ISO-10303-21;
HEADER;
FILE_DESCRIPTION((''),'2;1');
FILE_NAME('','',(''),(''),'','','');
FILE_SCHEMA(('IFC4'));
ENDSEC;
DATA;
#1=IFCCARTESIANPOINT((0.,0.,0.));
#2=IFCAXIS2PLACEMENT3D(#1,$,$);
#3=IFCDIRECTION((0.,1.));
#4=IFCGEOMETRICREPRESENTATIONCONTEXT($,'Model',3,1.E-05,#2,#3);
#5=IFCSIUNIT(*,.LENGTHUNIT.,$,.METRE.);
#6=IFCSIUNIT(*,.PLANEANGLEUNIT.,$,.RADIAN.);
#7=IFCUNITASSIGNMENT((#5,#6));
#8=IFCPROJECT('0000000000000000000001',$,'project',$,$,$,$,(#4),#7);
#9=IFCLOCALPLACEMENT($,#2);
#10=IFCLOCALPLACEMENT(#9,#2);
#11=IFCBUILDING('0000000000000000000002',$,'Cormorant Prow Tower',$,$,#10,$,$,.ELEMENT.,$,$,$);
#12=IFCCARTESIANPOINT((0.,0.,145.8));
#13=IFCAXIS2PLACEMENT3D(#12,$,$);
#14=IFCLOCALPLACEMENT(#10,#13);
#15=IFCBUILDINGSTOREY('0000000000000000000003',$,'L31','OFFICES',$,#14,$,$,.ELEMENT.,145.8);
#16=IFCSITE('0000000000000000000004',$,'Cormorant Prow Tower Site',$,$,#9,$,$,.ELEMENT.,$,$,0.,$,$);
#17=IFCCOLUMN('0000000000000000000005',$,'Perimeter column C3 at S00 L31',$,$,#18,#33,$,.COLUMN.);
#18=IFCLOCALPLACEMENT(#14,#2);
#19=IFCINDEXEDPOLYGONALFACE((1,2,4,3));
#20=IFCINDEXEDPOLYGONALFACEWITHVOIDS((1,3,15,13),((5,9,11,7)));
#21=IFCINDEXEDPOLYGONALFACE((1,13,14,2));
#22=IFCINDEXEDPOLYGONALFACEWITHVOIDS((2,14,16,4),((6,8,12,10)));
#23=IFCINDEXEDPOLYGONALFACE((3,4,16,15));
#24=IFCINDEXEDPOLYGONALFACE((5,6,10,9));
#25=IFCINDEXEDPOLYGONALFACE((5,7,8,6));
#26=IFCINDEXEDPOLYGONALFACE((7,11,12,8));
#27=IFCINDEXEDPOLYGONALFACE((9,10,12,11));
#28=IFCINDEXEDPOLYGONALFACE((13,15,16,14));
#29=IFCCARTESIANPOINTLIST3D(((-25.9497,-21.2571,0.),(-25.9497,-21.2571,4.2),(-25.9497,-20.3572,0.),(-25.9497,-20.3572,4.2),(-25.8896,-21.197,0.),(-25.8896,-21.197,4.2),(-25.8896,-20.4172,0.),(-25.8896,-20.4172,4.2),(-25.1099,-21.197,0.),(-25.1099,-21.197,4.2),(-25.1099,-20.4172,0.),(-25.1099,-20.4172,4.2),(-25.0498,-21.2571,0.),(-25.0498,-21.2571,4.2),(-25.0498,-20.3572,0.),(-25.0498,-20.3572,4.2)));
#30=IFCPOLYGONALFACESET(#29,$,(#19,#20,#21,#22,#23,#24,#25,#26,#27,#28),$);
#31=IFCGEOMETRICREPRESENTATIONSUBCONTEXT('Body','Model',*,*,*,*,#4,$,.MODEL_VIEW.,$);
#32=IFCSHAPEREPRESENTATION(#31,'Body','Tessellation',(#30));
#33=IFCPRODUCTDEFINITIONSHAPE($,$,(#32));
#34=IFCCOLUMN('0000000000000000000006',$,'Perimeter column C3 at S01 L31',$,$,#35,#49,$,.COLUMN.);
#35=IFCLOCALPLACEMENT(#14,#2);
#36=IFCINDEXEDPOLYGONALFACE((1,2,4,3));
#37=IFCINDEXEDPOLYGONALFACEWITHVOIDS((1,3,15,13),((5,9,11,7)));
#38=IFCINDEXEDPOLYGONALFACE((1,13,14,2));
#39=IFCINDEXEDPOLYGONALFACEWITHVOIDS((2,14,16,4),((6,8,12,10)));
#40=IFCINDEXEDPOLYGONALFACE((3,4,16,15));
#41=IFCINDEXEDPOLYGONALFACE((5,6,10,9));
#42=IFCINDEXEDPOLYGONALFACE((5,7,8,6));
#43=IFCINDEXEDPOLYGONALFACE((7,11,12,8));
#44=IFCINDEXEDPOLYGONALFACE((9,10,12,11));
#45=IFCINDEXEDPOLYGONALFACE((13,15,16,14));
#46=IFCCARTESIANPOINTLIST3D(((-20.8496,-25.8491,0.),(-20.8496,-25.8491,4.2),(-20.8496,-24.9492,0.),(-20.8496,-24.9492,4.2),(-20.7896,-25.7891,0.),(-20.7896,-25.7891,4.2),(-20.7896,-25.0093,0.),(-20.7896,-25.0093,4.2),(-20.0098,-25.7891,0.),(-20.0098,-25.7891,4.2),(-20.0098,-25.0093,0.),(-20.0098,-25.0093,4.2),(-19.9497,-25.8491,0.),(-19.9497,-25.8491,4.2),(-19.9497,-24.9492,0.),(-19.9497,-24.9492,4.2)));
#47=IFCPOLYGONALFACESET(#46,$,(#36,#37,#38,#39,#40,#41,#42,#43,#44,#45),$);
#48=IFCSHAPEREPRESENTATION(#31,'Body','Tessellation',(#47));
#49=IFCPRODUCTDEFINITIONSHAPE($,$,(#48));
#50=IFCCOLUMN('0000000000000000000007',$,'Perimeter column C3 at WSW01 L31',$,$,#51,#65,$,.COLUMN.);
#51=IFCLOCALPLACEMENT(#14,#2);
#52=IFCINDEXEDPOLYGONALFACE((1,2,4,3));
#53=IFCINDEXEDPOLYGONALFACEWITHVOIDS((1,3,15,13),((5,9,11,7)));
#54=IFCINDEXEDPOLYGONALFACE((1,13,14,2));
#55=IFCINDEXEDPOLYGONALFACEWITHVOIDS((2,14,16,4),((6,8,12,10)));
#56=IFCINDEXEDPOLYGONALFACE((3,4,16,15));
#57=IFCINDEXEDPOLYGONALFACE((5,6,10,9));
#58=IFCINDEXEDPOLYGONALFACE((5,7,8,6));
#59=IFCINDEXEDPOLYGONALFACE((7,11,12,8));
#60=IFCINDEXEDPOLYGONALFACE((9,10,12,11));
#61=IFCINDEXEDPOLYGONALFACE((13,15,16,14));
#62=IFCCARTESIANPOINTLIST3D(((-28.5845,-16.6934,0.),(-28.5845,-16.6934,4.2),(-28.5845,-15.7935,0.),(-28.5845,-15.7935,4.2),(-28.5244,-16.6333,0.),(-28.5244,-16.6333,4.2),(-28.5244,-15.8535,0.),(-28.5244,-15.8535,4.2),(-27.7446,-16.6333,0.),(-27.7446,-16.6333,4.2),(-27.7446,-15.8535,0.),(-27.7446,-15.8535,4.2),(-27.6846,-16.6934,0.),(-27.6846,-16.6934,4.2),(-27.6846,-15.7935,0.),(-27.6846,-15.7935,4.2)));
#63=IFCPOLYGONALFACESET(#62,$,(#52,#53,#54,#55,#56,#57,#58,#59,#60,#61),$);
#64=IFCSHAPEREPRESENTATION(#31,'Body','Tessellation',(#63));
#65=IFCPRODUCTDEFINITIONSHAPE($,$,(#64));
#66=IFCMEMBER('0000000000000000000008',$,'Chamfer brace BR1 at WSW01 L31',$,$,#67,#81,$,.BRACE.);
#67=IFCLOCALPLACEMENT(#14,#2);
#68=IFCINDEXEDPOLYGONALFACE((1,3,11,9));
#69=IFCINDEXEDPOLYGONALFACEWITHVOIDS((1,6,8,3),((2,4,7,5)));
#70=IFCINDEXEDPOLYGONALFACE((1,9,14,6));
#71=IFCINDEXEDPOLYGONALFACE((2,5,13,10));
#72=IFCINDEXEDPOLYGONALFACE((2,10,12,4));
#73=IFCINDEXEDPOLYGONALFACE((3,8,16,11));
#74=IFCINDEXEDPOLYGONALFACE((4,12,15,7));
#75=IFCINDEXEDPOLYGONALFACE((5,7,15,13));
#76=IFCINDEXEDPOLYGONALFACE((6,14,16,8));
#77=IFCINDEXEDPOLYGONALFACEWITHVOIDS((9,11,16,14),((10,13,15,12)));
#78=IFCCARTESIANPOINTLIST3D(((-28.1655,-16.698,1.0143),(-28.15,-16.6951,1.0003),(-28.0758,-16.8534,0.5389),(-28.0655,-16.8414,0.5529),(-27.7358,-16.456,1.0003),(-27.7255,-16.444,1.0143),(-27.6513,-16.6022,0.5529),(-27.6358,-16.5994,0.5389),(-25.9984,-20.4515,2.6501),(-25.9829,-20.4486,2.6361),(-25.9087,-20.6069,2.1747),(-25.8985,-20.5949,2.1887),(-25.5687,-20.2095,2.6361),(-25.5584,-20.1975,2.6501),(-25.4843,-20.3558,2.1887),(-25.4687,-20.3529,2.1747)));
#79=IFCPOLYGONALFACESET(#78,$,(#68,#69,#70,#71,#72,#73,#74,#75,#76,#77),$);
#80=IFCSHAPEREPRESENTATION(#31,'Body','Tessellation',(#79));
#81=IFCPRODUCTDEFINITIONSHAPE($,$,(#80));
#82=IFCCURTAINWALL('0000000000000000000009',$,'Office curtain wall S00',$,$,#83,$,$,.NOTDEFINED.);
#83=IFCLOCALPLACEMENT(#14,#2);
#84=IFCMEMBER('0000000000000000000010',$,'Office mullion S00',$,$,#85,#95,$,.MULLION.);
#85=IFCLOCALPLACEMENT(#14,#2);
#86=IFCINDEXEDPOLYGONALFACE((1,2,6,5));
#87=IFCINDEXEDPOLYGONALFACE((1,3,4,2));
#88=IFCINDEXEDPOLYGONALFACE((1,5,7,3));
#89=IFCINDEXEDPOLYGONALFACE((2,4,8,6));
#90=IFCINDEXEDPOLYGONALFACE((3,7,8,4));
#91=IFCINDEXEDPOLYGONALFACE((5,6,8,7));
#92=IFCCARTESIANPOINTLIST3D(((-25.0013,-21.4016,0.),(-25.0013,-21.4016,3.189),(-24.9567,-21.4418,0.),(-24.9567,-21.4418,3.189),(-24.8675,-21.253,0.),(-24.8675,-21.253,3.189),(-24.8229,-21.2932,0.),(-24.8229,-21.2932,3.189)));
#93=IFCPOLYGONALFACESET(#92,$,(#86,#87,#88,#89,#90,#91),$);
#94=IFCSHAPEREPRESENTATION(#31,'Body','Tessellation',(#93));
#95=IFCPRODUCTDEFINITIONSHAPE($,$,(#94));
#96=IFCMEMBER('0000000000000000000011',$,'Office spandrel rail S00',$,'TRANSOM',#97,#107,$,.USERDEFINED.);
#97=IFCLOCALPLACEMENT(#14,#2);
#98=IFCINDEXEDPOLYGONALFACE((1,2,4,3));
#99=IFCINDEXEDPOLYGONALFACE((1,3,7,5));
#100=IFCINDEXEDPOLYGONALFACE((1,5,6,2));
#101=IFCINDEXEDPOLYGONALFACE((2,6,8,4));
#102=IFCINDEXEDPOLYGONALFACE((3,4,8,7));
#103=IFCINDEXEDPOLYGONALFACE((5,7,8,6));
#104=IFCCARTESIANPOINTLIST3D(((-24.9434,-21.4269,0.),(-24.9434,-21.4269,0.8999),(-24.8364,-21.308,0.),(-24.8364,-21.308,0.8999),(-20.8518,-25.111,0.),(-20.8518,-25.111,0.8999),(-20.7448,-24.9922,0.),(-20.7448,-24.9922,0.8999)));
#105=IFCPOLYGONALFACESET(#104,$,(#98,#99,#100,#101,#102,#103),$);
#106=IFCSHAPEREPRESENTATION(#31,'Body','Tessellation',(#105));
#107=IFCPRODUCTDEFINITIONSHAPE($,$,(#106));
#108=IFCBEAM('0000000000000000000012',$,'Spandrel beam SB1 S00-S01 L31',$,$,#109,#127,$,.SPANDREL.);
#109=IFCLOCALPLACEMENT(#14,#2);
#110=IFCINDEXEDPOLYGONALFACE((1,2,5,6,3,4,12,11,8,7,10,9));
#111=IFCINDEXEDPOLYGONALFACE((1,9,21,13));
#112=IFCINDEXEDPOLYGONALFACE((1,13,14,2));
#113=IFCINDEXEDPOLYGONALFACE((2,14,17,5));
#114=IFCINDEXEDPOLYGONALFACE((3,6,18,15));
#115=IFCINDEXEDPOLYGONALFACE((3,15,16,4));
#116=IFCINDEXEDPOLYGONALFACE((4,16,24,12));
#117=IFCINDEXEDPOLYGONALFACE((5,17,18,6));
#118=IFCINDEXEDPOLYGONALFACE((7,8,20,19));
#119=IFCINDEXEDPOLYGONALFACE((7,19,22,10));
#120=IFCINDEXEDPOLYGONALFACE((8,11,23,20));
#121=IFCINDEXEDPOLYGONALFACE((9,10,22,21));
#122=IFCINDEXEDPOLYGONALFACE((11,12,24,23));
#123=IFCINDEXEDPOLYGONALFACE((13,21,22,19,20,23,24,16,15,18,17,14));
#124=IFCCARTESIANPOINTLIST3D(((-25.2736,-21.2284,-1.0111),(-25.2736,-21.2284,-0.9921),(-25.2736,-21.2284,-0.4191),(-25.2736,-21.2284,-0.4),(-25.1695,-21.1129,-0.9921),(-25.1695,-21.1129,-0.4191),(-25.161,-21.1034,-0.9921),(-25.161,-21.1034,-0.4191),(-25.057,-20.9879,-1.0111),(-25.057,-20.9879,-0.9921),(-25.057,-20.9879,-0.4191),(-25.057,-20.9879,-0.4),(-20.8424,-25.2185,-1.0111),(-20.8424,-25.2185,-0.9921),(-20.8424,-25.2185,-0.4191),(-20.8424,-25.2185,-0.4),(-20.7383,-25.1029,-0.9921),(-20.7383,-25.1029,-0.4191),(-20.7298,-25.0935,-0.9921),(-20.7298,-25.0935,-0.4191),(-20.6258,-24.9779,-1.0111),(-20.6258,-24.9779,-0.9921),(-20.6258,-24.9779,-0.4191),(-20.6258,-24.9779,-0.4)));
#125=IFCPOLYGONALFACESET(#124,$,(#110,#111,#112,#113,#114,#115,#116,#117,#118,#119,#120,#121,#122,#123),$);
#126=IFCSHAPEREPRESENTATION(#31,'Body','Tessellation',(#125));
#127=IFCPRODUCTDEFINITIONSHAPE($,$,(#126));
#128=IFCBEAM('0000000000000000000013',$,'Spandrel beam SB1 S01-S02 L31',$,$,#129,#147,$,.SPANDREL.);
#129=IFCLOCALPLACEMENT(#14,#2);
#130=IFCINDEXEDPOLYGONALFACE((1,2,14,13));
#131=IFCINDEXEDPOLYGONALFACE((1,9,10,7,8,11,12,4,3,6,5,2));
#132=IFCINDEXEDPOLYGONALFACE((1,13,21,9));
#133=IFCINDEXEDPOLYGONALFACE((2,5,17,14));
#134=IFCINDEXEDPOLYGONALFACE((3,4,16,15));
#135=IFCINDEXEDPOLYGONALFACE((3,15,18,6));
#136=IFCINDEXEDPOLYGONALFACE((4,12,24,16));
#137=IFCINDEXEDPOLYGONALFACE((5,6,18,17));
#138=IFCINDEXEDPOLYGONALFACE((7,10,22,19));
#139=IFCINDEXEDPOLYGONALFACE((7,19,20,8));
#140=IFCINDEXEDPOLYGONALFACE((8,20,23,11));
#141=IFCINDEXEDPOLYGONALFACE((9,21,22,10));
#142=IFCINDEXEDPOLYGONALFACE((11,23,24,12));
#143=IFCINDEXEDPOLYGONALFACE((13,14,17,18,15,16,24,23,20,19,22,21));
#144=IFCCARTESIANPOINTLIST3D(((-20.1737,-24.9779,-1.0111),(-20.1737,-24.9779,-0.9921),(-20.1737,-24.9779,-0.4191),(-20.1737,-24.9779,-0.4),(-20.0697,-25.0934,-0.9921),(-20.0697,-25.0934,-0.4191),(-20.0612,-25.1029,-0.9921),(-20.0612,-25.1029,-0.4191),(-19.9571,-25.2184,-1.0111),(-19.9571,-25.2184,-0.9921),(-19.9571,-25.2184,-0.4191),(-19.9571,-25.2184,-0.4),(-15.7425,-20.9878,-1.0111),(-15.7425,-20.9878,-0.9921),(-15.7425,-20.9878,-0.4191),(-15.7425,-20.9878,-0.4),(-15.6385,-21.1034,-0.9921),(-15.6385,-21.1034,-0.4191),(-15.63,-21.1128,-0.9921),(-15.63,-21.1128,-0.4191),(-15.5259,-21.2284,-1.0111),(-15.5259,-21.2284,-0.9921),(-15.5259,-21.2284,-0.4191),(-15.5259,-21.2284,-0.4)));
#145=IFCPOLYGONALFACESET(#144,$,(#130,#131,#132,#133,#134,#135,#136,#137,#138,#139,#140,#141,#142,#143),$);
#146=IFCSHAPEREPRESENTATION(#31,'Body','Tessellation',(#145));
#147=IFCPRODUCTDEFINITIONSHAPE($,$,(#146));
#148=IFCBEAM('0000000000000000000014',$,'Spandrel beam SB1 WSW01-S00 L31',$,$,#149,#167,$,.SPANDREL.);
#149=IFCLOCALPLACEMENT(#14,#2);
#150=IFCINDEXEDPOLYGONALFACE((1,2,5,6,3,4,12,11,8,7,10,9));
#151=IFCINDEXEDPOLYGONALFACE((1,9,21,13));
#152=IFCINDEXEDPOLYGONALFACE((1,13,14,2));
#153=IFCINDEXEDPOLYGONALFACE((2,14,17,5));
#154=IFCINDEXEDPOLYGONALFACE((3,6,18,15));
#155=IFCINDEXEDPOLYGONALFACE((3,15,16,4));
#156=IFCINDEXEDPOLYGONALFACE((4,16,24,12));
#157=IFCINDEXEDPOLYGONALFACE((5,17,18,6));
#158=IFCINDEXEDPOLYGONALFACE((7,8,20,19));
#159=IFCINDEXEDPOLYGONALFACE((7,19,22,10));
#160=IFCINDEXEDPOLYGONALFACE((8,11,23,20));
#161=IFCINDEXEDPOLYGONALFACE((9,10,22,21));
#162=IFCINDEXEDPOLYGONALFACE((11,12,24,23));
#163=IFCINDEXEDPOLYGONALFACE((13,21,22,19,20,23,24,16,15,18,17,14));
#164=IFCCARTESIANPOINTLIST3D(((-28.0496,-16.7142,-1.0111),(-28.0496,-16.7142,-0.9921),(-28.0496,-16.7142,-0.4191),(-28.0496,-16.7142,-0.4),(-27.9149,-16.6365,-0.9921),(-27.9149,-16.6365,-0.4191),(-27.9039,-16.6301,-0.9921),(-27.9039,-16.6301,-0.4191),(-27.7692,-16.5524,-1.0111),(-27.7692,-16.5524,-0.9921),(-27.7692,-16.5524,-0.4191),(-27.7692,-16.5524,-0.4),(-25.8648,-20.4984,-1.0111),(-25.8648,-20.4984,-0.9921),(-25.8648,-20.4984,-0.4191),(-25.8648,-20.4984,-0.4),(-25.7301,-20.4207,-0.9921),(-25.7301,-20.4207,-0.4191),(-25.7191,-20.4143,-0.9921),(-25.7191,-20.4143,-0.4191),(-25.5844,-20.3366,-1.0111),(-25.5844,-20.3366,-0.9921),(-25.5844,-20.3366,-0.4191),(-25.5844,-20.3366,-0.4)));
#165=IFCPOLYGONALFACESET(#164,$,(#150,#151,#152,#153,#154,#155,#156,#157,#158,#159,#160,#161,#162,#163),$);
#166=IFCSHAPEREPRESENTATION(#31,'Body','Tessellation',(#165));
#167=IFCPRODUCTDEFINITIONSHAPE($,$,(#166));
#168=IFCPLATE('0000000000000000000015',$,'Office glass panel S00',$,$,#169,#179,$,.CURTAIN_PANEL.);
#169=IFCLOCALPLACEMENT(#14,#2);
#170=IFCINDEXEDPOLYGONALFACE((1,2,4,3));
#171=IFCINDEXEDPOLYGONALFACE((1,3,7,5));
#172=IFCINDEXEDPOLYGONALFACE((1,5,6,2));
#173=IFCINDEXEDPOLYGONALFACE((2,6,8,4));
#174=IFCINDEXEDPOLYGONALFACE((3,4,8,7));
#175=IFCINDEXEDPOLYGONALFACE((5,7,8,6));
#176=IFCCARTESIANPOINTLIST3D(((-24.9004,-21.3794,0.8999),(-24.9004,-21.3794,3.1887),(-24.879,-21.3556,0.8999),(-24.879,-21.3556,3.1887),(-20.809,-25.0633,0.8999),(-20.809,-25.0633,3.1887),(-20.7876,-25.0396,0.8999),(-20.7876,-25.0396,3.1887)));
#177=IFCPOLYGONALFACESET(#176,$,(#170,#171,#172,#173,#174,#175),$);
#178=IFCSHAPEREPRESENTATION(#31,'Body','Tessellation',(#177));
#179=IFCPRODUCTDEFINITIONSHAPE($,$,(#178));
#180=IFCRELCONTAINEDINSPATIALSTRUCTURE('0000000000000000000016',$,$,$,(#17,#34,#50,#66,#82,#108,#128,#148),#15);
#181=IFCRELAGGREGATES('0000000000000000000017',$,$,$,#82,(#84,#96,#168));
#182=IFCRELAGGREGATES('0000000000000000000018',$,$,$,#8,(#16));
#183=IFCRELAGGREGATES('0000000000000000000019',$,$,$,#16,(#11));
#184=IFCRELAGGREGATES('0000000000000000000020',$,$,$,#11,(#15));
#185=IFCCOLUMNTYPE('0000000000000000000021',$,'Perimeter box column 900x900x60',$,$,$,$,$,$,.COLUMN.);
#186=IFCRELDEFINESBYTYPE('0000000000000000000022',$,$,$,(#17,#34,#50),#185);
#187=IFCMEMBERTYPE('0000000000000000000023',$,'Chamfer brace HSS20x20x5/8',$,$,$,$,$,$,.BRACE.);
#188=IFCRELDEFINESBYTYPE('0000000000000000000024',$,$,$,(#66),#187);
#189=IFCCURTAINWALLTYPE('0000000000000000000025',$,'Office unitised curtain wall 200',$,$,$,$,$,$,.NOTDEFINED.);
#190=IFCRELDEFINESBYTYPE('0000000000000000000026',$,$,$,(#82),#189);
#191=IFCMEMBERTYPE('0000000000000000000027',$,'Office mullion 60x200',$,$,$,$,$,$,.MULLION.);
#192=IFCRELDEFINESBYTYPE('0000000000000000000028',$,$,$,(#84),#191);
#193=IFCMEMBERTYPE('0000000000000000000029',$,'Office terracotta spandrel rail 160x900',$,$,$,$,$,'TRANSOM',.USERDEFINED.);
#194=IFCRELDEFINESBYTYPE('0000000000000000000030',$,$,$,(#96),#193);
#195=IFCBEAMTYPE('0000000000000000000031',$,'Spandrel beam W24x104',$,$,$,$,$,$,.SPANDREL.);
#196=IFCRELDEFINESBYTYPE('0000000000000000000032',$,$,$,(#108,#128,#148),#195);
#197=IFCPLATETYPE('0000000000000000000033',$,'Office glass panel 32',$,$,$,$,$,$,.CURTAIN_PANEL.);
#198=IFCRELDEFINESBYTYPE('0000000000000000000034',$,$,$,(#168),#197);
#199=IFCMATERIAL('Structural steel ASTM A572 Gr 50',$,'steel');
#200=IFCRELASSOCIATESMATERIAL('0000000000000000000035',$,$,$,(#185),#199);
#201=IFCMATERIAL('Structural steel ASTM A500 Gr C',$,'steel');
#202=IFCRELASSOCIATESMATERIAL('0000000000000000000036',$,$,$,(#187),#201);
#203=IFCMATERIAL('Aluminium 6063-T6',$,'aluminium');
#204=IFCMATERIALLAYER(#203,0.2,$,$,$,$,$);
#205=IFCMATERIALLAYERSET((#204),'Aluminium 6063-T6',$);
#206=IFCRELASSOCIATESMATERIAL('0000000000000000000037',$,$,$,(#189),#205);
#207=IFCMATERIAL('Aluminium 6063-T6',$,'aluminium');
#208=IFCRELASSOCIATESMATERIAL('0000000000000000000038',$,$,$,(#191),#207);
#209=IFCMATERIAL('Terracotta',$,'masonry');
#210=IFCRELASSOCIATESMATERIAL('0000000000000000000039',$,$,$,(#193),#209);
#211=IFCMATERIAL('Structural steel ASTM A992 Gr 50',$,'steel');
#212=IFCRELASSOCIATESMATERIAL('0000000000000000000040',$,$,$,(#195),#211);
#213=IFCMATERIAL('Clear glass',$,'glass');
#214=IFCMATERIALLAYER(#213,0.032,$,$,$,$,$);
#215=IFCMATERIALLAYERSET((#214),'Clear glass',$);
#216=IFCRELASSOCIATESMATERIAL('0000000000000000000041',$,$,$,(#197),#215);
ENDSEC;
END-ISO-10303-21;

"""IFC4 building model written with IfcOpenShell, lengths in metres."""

from ifc_helpers import new_model, si_unit, direction, frame, origin, origin_2d, place, context, subcontext, project, spatial, rectangle, hollow_rectangle, i_section, extrude, material, layer, layer_set, material_profile, profile_set, type_object, element, aggregate, save


model = new_model("IFC4")

# Units and contexts
model_context = context("Model", 3, precision=1e-05, world=origin(), true_north=direction((0.0, 1.0)))
body_context = subcontext(model_context, "Body", "Model", "MODEL_VIEW")
ifc_project = project(units=[si_unit("LENGTHUNIT", "METRE"), si_unit("PLANEANGLEUNIT", "RADIAN")], contexts=[model_context])

# Site, building, storey
site_placement = place(None, origin())
site = spatial("IfcSite", under=ifc_project, at=site_placement, Name="Cormorant Prow Tower Site", CompositionType="ELEMENT", RefElevation=0.0)
building_placement = place(site_placement, origin())
building = spatial("IfcBuilding", under=site, at=building_placement, Name="Cormorant Prow Tower", CompositionType="ELEMENT")
storey_placement = place(building_placement, frame((0.0, 0.0, 145.8)))
storey = spatial("IfcBuildingStorey", under=building, at=storey_placement, Name="L31", Description="OFFICES", CompositionType="ELEMENT", Elevation=145.8)

# Columns
ifc_material_1 = material(Name="Structural steel ASTM A572 Gr 50", Category="steel")
ifc_material_profile_1 = material_profile(ifc_material_1, hollow_rectangle(XDim=0.8999, YDim=0.8999, WallThickness=0.0601, at=origin_2d()), Name="Box 900x900x60")
ifc_profile_set_1 = profile_set([ifc_material_profile_1], Name="Structural steel ASTM A572 Gr 50")
column_type = type_object("IfcColumnType", Name="Perimeter box column 900x900x60", PredefinedType="COLUMN", material=ifc_profile_set_1)
for number, where, z_axis, x_axis, name in (
    (1, (-25.4998, -20.8071, 0.0), (0.0, 0.0, 1.0), (1.0, 0.0, 0.0), "Perimeter column C3 at S00 L31"),
    (2, (-20.3997, -25.3992, 0.0), (0.0, 0.0, 1.0), (1.0, 0.0, 0.0), "Perimeter column C3 at S01 L31"),
    (3, (-28.1345, -16.2434, 0.0), (0.0, 0.0, 1.0), (1.0, 0.0, 0.0), "Perimeter column C3 at WSW01 L31"),
):
    element("IfcColumn", number, at=place(storey_placement, frame(where, z_axis=z_axis, x_axis=x_axis)), inside=storey, type_object=column_type, Name=name, PredefinedType="COLUMN", context=body_context, shape_type="SweptSolid", body=[
        extrude(hollow_rectangle(XDim=0.8999, YDim=0.8999, WallThickness=0.0601, at=origin_2d()), origin(), (0.0, 0.0, 1.0), 4.2),
    ])

# Member
ifc_material_2 = material(Name="Structural steel ASTM A500 Gr C", Category="steel")
ifc_material_profile_2 = material_profile(ifc_material_2, hollow_rectangle(XDim=0.5081, YDim=0.5081, WallThickness=0.0149, at=origin_2d()), Name="HSS20x20x5/8")
ifc_profile_set_2 = profile_set([ifc_material_profile_2], Name="Structural steel ASTM A500 Gr C")
member_type_1 = type_object("IfcMemberType", Name="Chamfer brace HSS20x20x5/8", PredefinedType="BRACE", material=ifc_profile_set_2)
member_1_placement = place(storey_placement, frame((-27.9006, -16.6487, 0.7766), z_axis=(0.467785, -0.810244, 0.353105), x_axis=(0.86603, 0.499992, 0.0)))
element("IfcMember", 4, at=member_1_placement, inside=storey, type_object=member_type_1, Name="Chamfer brace BR1 at WSW01 L31", PredefinedType="BRACE", context=body_context, shape_type="SweptSolid", body=[
    extrude(hollow_rectangle(XDim=0.5081, YDim=0.5081, WallThickness=0.0149, at=origin_2d()), origin(), (0.0, 0.0, 1.0), 4.6326),
])

# Curtain wall, members
ifc_material_3 = material(Name="Aluminium 6063-T6", Category="aluminium")
ifc_layer_1 = layer(ifc_material_3, 0.2)
ifc_layer_set_1 = layer_set([ifc_layer_1], Name="Aluminium 6063-T6")
curtain_wall_type = type_object("IfcCurtainWallType", Name="Office unitised curtain wall 200", PredefinedType="NOTDEFINED", material=ifc_layer_set_1)
curtain_wall_placement = place(storey_placement, origin())
curtain_wall = element("IfcCurtainWall", 5, at=curtain_wall_placement, inside=storey, type_object=curtain_wall_type, Name="Office curtain wall S00", PredefinedType="NOTDEFINED")
ifc_material_4 = material(Name="Aluminium 6063-T6", Category="aluminium")
ifc_material_profile_3 = material_profile(ifc_material_4, rectangle(XDim=0.2, YDim=0.0601, at=origin_2d()), Name="Office mullion 60x200")
ifc_profile_set_3 = profile_set([ifc_material_profile_3], Name="Aluminium 6063-T6")
member_type_2 = type_object("IfcMemberType", Name="Office mullion 60x200", PredefinedType="MULLION", material=ifc_profile_set_3)
member_2_placement = place(storey_placement, frame((-24.9121, -21.3474, 0.0), z_axis=(0.0, 0.0, 1.0), x_axis=(0.66913, 0.743145, 0.0)))
member_2 = element("IfcMember", 6, at=member_2_placement, type_object=member_type_2, Name="Office mullion S00", PredefinedType="MULLION", context=body_context, shape_type="SweptSolid", body=[
    extrude(rectangle(XDim=0.2, YDim=0.0601, at=origin_2d()), origin(), (0.0, 0.0, 1.0), 3.189),
])
ifc_material_5 = material(Name="Terracotta", Category="masonry")
ifc_material_profile_4 = material_profile(ifc_material_5, rectangle(XDim=0.1599, YDim=0.8999, at=origin_2d()), Name="Office terracotta spandrel rail 160x900")
ifc_profile_set_4 = profile_set([ifc_material_profile_4], Name="Terracotta")
member_type_3 = type_object("IfcMemberType", Name="Office terracotta spandrel rail 160x900", ElementType="TRANSOM", PredefinedType="USERDEFINED", material=ifc_profile_set_4)
member_3_placement = place(storey_placement, frame((-24.8899, -21.3674, 0.45), z_axis=(0.743142, -0.669134, 0.0), x_axis=(0.669134, 0.743142, 0.0)))
member_3 = element("IfcMember", 7, at=member_3_placement, type_object=member_type_3, Name="Office spandrel rail S00", ObjectType="TRANSOM", PredefinedType="USERDEFINED", context=body_context, shape_type="SweptSolid", body=[
    extrude(rectangle(XDim=0.1599, YDim=0.8999, at=origin_2d()), origin(), (0.0, 0.0, 1.0), 5.5059),
])

# Beams
ifc_material_6 = material(Name="Structural steel ASTM A992 Gr 50", Category="steel")
ifc_material_profile_5 = material_profile(ifc_material_6, i_section(OverallWidth=0.3237, OverallDepth=0.6111, WebThickness=0.0127, FlangeThickness=0.019, at=origin_2d()), Name="W24x104")
ifc_profile_set_5 = profile_set([ifc_material_profile_5], Name="Structural steel ASTM A992 Gr 50")
beam_type = type_object("IfcBeamType", Name="Spandrel beam W24x104", PredefinedType="SPANDREL", material=ifc_profile_set_5)
for number, where, z_axis, x_axis, name in (
    (8, (-25.1653, -21.1082, -0.7056), (0.743131, -0.669146, 0.0), (0.669146, 0.743131, 0.0), "Spandrel beam SB1 S00-S01 L31"),
    (9, (-20.0654, -25.0981, -0.7056), (0.743131, 0.669146, 0.0), (-0.669146, 0.743131, 0.0), "Spandrel beam SB1 S01-S02 L31"),
):
    element("IfcBeam", number, at=place(storey_placement, frame(where, z_axis=z_axis, x_axis=x_axis)), inside=storey, type_object=beam_type, Name=name, PredefinedType="SPANDREL", context=body_context, shape_type="SweptSolid", body=[
        extrude(i_section(OverallWidth=0.3237, OverallDepth=0.6111, WebThickness=0.0127, FlangeThickness=0.019, at=origin_2d()), origin(), (0.0, 0.0, 1.0), 5.9629),
    ])
beam_placement = place(storey_placement, frame((-27.9094, -16.6333, -0.7056), z_axis=(0.500003, -0.866024, 0.0), x_axis=(0.866024, 0.500003, 0.0)))
element("IfcBeam", 10, at=beam_placement, inside=storey, type_object=beam_type, Name="Spandrel beam SB1 WSW01-S00 L31", PredefinedType="SPANDREL", context=body_context, shape_type="SweptSolid", body=[
    extrude(i_section(OverallWidth=0.3237, OverallDepth=0.6111, WebThickness=0.0127, FlangeThickness=0.019, at=origin_2d()), origin(), (0.0, 0.0, 1.0), 4.3696),
])

# Plate
ifc_material_7 = material(Name="Clear glass", Category="glass")
ifc_layer_2 = layer(ifc_material_7, 0.032)
ifc_layer_set_2 = layer_set([ifc_layer_2], Name="Clear glass")
plate_type = type_object("IfcPlateType", Name="Office glass panel 32", PredefinedType="CURTAIN_PANEL", material=ifc_layer_set_2)
plate_placement = place(storey_placement, frame((-22.844, -23.2095, 0.8999), z_axis=(0.0, 0.0, 1.0), x_axis=(0.743145, -0.66913, 0.0)))
plate = element("IfcPlate", 11, at=plate_placement, type_object=plate_type, Name="Office glass panel S00", PredefinedType="CURTAIN_PANEL", context=body_context, shape_type="SweptSolid", body=[
    extrude(rectangle(XDim=5.5056, YDim=0.032, at=origin_2d()), origin(), (0.0, 0.0, 1.0), 2.2888),
])
aggregate(curtain_wall, [member_2, member_3, plate])

save(model, "model.ifc")
